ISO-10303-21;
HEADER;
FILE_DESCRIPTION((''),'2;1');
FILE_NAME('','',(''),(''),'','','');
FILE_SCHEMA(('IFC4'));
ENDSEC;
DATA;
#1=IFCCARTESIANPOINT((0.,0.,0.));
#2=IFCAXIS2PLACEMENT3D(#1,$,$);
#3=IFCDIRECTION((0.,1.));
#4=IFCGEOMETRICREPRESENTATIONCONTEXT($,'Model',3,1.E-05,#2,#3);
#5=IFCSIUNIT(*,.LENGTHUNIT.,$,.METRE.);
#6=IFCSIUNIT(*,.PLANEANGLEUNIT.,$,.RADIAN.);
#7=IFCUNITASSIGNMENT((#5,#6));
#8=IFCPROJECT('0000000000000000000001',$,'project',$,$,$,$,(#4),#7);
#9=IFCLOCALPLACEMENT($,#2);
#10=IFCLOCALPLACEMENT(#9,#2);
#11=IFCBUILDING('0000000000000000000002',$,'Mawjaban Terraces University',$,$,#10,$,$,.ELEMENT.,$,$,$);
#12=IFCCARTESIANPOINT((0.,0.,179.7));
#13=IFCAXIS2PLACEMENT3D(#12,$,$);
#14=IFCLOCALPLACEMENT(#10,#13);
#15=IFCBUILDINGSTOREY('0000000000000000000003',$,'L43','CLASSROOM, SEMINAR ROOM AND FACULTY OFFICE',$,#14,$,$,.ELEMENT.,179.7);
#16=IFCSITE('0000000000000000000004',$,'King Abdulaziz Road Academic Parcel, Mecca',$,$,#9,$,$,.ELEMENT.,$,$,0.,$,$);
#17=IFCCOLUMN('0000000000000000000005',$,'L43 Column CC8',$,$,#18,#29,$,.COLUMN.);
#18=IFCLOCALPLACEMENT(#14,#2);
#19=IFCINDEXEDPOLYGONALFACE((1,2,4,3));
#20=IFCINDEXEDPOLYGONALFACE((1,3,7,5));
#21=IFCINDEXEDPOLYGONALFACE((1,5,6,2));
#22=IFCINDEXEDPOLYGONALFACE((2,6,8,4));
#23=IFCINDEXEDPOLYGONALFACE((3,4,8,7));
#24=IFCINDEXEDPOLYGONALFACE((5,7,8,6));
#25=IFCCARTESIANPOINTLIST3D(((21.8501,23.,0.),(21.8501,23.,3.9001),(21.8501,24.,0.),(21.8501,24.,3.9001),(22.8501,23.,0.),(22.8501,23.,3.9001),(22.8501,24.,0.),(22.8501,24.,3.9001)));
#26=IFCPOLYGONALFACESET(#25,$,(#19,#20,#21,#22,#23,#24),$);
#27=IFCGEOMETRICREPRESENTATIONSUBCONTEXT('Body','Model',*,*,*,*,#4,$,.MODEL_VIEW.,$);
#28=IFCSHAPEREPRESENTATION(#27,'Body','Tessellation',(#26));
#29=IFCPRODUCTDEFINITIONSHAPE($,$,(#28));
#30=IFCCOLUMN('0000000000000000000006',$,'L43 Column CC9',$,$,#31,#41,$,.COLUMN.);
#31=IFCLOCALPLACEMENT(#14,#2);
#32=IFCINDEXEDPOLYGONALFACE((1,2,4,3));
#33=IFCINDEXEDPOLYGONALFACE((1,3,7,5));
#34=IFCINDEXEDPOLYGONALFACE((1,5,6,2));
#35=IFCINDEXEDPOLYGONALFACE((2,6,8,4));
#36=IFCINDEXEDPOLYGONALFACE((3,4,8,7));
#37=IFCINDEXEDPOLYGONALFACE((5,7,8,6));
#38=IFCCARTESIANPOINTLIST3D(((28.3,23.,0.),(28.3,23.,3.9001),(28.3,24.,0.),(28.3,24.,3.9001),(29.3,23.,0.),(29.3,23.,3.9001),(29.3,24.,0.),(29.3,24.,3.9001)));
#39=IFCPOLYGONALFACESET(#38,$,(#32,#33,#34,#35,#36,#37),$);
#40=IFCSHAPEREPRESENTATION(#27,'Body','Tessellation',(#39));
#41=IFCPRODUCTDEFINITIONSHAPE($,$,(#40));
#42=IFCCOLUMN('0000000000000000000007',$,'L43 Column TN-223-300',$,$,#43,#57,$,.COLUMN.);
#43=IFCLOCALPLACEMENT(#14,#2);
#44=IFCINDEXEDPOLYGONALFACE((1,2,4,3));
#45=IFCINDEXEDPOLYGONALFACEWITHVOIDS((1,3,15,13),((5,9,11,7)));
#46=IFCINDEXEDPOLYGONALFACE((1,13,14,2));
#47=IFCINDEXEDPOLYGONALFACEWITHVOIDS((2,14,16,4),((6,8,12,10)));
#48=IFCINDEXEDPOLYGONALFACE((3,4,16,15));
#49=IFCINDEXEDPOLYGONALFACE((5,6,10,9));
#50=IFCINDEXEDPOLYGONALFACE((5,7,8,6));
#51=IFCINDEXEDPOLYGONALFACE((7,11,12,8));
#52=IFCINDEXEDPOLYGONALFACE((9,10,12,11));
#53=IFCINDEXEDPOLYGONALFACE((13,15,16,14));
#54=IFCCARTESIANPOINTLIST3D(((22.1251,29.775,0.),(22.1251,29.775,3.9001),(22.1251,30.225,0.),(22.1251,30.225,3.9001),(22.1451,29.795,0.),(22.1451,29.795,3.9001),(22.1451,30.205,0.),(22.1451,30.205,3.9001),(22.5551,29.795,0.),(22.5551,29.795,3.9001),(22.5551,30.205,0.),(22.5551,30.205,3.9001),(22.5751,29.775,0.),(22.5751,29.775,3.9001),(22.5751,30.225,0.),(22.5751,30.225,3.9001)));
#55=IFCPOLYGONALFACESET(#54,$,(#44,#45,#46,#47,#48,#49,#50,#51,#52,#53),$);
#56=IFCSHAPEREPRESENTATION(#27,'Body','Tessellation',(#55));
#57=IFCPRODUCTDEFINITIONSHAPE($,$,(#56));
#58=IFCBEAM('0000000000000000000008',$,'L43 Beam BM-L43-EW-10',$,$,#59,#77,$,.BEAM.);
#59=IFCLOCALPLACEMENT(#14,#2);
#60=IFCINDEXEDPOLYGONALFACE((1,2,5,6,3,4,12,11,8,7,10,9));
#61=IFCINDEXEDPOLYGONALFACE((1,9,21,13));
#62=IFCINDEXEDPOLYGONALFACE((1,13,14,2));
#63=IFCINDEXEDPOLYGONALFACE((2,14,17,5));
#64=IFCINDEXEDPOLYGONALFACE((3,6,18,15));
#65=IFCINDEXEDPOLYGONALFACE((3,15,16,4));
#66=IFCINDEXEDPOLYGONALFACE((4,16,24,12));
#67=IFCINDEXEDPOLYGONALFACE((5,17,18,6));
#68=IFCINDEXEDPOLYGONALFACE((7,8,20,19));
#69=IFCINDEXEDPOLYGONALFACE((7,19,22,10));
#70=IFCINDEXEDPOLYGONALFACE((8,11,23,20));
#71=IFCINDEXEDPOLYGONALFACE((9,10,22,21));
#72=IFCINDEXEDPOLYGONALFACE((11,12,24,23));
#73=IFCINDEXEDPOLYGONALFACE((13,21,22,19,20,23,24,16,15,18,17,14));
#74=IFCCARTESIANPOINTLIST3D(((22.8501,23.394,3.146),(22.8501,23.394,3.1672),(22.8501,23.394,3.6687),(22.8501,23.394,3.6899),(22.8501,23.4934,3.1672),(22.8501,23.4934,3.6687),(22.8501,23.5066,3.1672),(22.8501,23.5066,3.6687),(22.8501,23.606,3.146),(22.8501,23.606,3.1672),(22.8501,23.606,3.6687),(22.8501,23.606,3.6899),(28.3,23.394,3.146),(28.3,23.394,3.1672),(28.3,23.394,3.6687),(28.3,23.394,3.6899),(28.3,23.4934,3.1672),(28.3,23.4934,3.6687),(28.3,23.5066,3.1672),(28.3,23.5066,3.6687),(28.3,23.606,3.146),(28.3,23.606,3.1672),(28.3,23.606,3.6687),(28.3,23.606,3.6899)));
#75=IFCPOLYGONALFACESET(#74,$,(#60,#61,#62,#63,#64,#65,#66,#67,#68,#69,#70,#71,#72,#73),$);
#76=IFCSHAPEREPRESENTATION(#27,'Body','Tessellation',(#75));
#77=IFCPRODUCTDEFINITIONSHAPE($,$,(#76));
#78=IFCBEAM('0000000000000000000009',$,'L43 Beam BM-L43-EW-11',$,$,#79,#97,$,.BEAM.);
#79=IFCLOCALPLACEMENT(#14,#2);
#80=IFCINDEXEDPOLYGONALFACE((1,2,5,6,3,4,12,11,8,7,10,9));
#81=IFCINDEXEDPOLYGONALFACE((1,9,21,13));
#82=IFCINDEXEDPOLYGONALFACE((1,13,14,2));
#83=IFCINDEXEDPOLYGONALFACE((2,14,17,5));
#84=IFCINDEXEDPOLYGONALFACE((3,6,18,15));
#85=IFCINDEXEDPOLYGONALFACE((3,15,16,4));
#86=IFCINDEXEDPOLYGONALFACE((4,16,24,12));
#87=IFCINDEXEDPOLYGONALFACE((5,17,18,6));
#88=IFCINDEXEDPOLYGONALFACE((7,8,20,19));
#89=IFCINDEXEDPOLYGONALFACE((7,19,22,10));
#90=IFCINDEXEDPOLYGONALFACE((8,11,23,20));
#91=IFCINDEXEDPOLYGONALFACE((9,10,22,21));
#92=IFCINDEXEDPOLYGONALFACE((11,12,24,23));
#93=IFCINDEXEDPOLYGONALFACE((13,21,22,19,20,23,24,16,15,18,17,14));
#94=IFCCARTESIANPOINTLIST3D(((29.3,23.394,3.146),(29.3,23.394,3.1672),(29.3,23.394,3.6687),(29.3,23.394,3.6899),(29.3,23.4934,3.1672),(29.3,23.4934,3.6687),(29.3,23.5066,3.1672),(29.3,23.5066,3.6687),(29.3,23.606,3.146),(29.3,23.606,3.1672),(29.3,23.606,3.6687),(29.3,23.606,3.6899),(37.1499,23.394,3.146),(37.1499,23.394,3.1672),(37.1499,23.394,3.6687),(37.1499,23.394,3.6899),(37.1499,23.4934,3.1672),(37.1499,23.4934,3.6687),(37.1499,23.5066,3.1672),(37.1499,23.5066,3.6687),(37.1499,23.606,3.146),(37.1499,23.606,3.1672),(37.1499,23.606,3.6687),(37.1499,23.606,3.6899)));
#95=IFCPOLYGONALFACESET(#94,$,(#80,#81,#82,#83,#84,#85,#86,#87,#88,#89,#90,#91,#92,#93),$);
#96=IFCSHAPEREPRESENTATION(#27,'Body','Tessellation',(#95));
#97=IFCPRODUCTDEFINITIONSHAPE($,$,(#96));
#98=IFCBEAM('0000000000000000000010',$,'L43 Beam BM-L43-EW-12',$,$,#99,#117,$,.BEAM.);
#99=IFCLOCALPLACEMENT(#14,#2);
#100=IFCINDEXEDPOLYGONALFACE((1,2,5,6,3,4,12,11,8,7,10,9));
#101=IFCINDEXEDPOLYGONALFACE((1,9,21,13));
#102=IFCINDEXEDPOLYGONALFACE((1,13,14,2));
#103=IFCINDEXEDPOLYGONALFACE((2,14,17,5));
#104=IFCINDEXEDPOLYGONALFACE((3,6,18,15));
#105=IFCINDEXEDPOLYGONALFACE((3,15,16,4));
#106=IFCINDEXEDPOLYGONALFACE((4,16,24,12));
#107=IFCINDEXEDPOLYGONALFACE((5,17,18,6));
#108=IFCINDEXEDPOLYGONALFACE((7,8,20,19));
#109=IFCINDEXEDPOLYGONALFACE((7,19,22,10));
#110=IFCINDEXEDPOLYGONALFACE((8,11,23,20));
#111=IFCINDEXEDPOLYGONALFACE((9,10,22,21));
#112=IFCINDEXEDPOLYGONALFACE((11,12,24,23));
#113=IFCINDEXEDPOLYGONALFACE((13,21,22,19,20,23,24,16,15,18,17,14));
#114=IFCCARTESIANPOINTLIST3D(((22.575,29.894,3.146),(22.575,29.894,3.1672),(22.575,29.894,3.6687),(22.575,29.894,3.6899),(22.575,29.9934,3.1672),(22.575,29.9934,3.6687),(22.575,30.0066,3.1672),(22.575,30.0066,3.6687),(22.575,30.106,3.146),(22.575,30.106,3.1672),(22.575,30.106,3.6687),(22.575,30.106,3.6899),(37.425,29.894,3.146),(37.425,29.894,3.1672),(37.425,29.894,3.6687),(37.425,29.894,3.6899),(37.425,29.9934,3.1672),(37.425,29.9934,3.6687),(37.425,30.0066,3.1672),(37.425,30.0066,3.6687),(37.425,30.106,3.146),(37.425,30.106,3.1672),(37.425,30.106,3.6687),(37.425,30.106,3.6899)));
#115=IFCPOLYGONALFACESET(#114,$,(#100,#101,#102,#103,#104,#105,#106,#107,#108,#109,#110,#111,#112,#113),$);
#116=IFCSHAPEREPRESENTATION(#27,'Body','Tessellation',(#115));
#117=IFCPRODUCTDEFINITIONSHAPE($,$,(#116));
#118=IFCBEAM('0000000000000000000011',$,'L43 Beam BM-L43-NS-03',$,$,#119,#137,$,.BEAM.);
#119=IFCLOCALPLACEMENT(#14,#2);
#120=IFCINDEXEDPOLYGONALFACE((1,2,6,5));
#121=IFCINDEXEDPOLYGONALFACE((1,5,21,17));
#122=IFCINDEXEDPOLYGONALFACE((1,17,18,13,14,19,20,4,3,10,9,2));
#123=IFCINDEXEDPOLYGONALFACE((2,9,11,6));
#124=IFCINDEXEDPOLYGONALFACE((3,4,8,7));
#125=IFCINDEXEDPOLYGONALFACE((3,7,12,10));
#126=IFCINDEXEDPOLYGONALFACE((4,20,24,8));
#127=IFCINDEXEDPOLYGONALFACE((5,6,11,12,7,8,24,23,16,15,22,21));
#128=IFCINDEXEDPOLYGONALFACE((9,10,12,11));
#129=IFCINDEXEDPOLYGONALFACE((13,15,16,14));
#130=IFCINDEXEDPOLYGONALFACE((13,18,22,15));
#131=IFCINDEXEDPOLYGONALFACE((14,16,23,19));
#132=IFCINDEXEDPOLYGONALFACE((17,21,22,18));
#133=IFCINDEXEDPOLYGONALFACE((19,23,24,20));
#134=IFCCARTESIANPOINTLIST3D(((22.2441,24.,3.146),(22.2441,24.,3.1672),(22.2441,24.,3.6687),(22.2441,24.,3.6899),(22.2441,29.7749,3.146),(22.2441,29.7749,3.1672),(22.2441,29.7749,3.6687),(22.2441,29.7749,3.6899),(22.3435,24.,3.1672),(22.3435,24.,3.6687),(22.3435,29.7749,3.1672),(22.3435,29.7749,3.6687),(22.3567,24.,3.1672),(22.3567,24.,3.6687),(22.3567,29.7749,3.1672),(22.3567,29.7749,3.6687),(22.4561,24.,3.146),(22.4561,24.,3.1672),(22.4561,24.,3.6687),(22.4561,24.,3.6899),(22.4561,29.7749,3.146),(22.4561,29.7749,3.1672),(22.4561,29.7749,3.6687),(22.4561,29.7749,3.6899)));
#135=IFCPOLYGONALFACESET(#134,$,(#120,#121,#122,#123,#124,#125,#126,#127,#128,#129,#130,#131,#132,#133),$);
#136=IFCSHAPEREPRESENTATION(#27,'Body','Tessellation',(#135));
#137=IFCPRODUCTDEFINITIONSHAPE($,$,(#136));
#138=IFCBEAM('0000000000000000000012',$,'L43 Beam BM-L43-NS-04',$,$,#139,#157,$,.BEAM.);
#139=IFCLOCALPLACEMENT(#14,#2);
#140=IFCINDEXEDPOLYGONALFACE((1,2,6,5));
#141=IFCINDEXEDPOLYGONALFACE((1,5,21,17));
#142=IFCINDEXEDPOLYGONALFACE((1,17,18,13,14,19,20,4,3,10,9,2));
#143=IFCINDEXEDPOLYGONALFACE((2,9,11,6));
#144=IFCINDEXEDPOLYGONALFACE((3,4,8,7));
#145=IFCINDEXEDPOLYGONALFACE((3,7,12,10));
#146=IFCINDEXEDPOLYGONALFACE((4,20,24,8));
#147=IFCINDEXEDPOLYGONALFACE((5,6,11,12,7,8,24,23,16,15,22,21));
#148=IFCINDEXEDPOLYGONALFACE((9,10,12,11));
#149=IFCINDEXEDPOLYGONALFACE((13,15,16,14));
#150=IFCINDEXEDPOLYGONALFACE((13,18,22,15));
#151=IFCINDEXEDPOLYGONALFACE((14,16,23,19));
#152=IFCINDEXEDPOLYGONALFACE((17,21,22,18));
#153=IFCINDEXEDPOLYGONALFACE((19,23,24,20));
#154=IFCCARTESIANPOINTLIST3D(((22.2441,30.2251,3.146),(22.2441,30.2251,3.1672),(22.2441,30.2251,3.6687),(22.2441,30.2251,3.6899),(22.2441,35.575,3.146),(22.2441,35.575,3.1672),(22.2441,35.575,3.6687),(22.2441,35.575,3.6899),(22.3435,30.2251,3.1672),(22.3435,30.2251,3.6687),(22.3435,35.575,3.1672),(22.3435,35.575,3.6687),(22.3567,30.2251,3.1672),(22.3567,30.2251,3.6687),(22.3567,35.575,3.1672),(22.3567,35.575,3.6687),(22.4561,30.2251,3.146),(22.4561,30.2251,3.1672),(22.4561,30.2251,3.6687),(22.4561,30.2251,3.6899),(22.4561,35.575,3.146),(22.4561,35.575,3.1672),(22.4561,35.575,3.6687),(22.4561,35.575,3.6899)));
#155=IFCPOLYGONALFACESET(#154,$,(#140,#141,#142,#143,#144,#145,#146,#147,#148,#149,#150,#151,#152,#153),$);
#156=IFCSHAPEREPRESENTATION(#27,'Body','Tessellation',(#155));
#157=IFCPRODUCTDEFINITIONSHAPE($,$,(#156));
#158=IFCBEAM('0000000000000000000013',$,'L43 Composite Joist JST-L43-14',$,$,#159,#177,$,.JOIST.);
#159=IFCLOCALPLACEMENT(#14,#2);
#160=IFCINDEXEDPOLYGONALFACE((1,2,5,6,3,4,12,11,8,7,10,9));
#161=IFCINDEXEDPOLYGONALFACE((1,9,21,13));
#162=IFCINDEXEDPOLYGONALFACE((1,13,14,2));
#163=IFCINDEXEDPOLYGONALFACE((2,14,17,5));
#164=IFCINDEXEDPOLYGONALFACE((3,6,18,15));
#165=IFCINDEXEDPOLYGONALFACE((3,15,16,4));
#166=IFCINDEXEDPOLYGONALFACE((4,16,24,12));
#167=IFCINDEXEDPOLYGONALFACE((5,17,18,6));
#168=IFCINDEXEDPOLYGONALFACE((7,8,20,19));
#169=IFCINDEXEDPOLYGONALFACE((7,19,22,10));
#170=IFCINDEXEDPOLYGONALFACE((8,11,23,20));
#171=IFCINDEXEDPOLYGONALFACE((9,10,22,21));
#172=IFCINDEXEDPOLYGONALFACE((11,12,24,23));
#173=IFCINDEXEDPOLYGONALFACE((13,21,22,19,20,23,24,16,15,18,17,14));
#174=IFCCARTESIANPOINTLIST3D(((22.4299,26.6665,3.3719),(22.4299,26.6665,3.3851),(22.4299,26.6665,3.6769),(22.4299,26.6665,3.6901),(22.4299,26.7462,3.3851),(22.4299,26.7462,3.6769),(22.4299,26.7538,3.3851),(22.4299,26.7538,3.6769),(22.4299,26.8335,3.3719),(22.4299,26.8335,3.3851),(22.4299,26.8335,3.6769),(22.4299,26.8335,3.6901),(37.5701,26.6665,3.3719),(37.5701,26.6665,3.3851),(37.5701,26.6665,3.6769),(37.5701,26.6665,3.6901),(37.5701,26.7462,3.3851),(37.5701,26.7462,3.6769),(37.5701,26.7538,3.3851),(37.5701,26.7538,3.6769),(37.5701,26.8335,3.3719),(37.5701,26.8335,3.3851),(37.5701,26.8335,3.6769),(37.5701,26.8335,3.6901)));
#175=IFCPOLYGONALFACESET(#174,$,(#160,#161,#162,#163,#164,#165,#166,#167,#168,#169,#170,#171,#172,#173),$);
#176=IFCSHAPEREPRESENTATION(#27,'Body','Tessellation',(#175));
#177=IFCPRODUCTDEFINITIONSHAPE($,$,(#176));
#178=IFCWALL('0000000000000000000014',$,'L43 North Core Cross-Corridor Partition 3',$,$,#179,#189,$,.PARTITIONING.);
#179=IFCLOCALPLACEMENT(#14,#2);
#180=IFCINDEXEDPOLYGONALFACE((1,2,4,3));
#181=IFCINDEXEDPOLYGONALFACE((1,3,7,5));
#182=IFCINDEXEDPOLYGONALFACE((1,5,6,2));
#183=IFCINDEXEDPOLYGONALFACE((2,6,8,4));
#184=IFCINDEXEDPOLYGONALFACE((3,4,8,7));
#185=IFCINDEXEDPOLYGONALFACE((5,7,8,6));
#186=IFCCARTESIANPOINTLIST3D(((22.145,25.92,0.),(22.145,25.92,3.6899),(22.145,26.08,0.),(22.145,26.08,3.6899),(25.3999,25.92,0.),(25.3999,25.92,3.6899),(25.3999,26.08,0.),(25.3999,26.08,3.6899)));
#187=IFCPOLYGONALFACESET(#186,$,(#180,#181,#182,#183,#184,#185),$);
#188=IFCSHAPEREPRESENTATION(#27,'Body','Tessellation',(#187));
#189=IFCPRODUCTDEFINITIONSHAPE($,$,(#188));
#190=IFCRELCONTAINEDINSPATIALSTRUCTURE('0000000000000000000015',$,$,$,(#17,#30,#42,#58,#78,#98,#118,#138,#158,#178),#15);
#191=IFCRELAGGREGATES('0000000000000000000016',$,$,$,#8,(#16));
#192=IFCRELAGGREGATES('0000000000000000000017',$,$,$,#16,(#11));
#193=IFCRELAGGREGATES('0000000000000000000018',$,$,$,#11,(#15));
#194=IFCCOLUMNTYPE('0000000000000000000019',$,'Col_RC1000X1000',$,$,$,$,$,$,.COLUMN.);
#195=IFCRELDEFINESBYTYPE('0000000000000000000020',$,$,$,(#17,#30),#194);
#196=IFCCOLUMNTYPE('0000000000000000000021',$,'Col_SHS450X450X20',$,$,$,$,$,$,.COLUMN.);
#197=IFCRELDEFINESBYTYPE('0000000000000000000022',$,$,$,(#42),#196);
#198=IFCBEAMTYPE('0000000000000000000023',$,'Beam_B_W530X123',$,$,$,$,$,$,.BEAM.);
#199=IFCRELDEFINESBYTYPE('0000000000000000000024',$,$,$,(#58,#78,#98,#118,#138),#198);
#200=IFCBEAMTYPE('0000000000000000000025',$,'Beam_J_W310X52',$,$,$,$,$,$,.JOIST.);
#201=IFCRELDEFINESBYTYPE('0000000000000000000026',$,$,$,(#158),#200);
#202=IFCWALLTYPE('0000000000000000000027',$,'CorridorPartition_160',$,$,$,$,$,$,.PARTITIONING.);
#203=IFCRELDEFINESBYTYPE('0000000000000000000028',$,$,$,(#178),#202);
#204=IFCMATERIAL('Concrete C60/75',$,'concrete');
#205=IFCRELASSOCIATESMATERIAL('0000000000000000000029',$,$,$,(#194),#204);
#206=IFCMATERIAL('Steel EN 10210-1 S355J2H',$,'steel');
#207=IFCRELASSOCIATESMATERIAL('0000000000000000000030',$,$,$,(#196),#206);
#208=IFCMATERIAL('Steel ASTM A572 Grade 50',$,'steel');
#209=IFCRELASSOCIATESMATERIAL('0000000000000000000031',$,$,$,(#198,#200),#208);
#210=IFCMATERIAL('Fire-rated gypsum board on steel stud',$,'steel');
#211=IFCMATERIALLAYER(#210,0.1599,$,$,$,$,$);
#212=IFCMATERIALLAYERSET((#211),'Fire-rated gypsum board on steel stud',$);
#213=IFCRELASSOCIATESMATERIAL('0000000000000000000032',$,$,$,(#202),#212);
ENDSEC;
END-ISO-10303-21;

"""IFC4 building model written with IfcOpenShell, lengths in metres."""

from ifc_helpers import new_model, si_unit, direction, frame, frame_2d, origin, origin_2d, place, context, subcontext, project, spatial, rectangle, hollow_rectangle, i_section, extrude, material, layer, layer_set, material_profile, profile_set, type_object, element, save


model = new_model("IFC4")

# Units and contexts
model_context = context("Model", 3, precision=1e-05, world=origin(), true_north=direction((0.0, 1.0)))
body_context = subcontext(model_context, "Body", "Model", "MODEL_VIEW")
ifc_project = project(units=[si_unit("LENGTHUNIT", "METRE"), si_unit("PLANEANGLEUNIT", "RADIAN")], contexts=[model_context])

# Site, building, storey
site_placement = place(None, origin())
site = spatial("IfcSite", under=ifc_project, at=site_placement, Name="King Abdulaziz Road Academic Parcel, Mecca", CompositionType="ELEMENT", RefElevation=0.0)
building_placement = place(site_placement, origin())
building = spatial("IfcBuilding", under=site, at=building_placement, Name="Mawjaban Terraces University", CompositionType="ELEMENT")
storey_placement = place(building_placement, frame((0.0, 0.0, 179.7)))
storey = spatial("IfcBuildingStorey", under=building, at=storey_placement, Name="L43", Description="CLASSROOM, SEMINAR ROOM AND FACULTY OFFICE", CompositionType="ELEMENT", Elevation=179.7)

# Columns
ifc_material_1 = material(Name="Concrete C60/75", Category="concrete")
ifc_material_profile_1 = material_profile(ifc_material_1, rectangle(XDim=1.0, YDim=1.0, at=origin_2d()), Name="RC1000X1000")
ifc_profile_set_1 = profile_set([ifc_material_profile_1], Name="Concrete C60/75")
column_type_1 = type_object("IfcColumnType", Name="Col_RC1000X1000", PredefinedType="COLUMN", material=ifc_profile_set_1)
for number, where, z_axis, x_axis, name in (
    (1, (22.3501, 23.5, 0.0), (0.0, 0.0, 1.0), (1.0, 0.0, 0.0), "L43 Column CC8"),
    (2, (28.8, 23.5, 0.0), (0.0, 0.0, 1.0), (1.0, 0.0, 0.0), "L43 Column CC9"),
):
    element("IfcColumn", number, at=place(storey_placement, frame(where, z_axis=z_axis, x_axis=x_axis)), inside=storey, type_object=column_type_1, Name=name, PredefinedType="COLUMN", context=body_context, shape_type="SweptSolid", body=[
        extrude(rectangle(XDim=1.0, YDim=1.0, at=origin_2d()), origin(), (0.0, 0.0, 1.0), 3.9001),
    ])
ifc_material_2 = material(Name="Steel EN 10210-1 S355J2H", Category="steel")
ifc_material_profile_2 = material_profile(ifc_material_2, hollow_rectangle(XDim=0.45, YDim=0.45, WallThickness=0.02, at=origin_2d()), Name="SHS450X450X20")
ifc_profile_set_2 = profile_set([ifc_material_profile_2], Name="Steel EN 10210-1 S355J2H")
column_type_2 = type_object("IfcColumnType", Name="Col_SHS450X450X20", PredefinedType="COLUMN", material=ifc_profile_set_2)
column_placement = place(storey_placement, frame((22.3501, 30.0, 0.0), z_axis=(0.0, 0.0, 1.0), x_axis=(1.0, 0.0, 0.0)))
element("IfcColumn", 3, at=column_placement, inside=storey, type_object=column_type_2, Name="L43 Column TN-223-300", PredefinedType="COLUMN", context=body_context, shape_type="SweptSolid", body=[
    extrude(hollow_rectangle(XDim=0.45, YDim=0.45, WallThickness=0.02, at=origin_2d()), origin(), (0.0, 0.0, 1.0), 3.9001),
])

# Beams
ifc_material_3 = material(Name="Steel ASTM A572 Grade 50", Category="steel")
ifc_material_profile_3 = material_profile(ifc_material_3, i_section(OverallWidth=0.2119, OverallDepth=0.5439, WebThickness=0.0132, FlangeThickness=0.0212, at=origin_2d()), Name="W530X123")
ifc_profile_set_3 = profile_set([ifc_material_profile_3], Name="Steel ASTM A572 Grade 50")
beam_type_1 = type_object("IfcBeamType", Name="Beam_B_W530X123", PredefinedType="BEAM", material=ifc_profile_set_3)
beam_1_placement = place(storey_placement, frame((22.8501, 23.5, 3.418), z_axis=(1.0, 0.0, 0.0), x_axis=(0.0, 1.0, 0.0)))
element("IfcBeam", 4, at=beam_1_placement, inside=storey, type_object=beam_type_1, Name="L43 Beam BM-L43-EW-10", PredefinedType="BEAM", context=body_context, shape_type="SweptSolid", body=[
    extrude(i_section(OverallWidth=0.2119, OverallDepth=0.5439, WebThickness=0.0132, FlangeThickness=0.0212, at=origin_2d()), origin(), (0.0, 0.0, 1.0), 5.45),
])
beam_2_placement = place(storey_placement, frame((29.3, 23.5, 3.418), z_axis=(1.0, 0.0, 0.0), x_axis=(0.0, 1.0, 0.0)))
element("IfcBeam", 5, at=beam_2_placement, inside=storey, type_object=beam_type_1, Name="L43 Beam BM-L43-EW-11", PredefinedType="BEAM", context=body_context, shape_type="SweptSolid", body=[
    extrude(i_section(OverallWidth=0.2119, OverallDepth=0.5439, WebThickness=0.0132, FlangeThickness=0.0212, at=origin_2d()), origin(), (0.0, 0.0, 1.0), 7.8499),
])
beam_3_placement = place(storey_placement, frame((22.575, 30.0, 3.418), z_axis=(1.0, 0.0, 0.0), x_axis=(0.0, 1.0, 0.0)))
element("IfcBeam", 6, at=beam_3_placement, inside=storey, type_object=beam_type_1, Name="L43 Beam BM-L43-EW-12", PredefinedType="BEAM", context=body_context, shape_type="SweptSolid", body=[
    extrude(i_section(OverallWidth=0.2119, OverallDepth=0.5439, WebThickness=0.0132, FlangeThickness=0.0212, at=origin_2d()), origin(), (0.0, 0.0, 1.0), 14.8501),
])
beam_4_placement = place(storey_placement, frame((22.3501, 24.0, 3.418), z_axis=(0.0, 1.0, 0.0), x_axis=(-1.0, 0.0, 0.0)))
element("IfcBeam", 7, at=beam_4_placement, inside=storey, type_object=beam_type_1, Name="L43 Beam BM-L43-NS-03", PredefinedType="BEAM", context=body_context, shape_type="SweptSolid", body=[
    extrude(i_section(OverallWidth=0.2119, OverallDepth=0.5439, WebThickness=0.0132, FlangeThickness=0.0212, at=origin_2d()), origin(), (0.0, 0.0, 1.0), 5.7749),
])
beam_5_placement = place(storey_placement, frame((22.3501, 30.2251, 3.418), z_axis=(0.0, 1.0, 0.0), x_axis=(-1.0, 0.0, 0.0)))
element("IfcBeam", 8, at=beam_5_placement, inside=storey, type_object=beam_type_1, Name="L43 Beam BM-L43-NS-04", PredefinedType="BEAM", context=body_context, shape_type="SweptSolid", body=[
    extrude(i_section(OverallWidth=0.2119, OverallDepth=0.5439, WebThickness=0.0132, FlangeThickness=0.0212, at=origin_2d()), origin(), (0.0, 0.0, 1.0), 5.3499),
])
ifc_material_profile_4 = material_profile(ifc_material_3, i_section(OverallWidth=0.167, OverallDepth=0.3181, WebThickness=0.0076, FlangeThickness=0.0132, at=origin_2d()), Name="W310X52")
ifc_profile_set_4 = profile_set([ifc_material_profile_4], Name="Steel ASTM A572 Grade 50")
beam_type_2 = type_object("IfcBeamType", Name="Beam_J_W310X52", PredefinedType="JOIST", material=ifc_profile_set_4)
beam_6_placement = place(storey_placement, frame((22.4299, 26.75, 3.531), z_axis=(1.0, 0.0, 0.0), x_axis=(0.0, 1.0, 0.0)))
element("IfcBeam", 9, at=beam_6_placement, inside=storey, type_object=beam_type_2, Name="L43 Composite Joist JST-L43-14", PredefinedType="JOIST", context=body_context, shape_type="SweptSolid", body=[
    extrude(i_section(OverallWidth=0.167, OverallDepth=0.3181, WebThickness=0.0076, FlangeThickness=0.0132, at=origin_2d()), origin(), (0.0, 0.0, 1.0), 15.1401),
])

# Wall
ifc_material_4 = material(Name="Fire-rated gypsum board on steel stud", Category="steel")
ifc_layer_1 = layer(ifc_material_4, 0.1599)
ifc_layer_set_1 = layer_set([ifc_layer_1], Name="Fire-rated gypsum board on steel stud")
wall_type_1 = type_object("IfcWallType", Name="CorridorPartition_160", PredefinedType="PARTITIONING", material=ifc_layer_set_1)
wall_1_placement = place(storey_placement, frame((25.3999, 26.0, 0.0), z_axis=(0.0, 0.0, 1.0), x_axis=(-1.0, 0.0, 0.0)))
element("IfcWall", 10, at=wall_1_placement, inside=storey, type_object=wall_type_1, Name="L43 North Core Cross-Corridor Partition 3", PredefinedType="PARTITIONING", context=body_context, shape_type="SweptSolid", body=[
    extrude(rectangle(XDim=3.2549, YDim=0.1599, at=frame_2d((1.6274, 0.0))), origin(), (0.0, 0.0, 1.0), 3.6899),
])

save(model, "model.ifc")
